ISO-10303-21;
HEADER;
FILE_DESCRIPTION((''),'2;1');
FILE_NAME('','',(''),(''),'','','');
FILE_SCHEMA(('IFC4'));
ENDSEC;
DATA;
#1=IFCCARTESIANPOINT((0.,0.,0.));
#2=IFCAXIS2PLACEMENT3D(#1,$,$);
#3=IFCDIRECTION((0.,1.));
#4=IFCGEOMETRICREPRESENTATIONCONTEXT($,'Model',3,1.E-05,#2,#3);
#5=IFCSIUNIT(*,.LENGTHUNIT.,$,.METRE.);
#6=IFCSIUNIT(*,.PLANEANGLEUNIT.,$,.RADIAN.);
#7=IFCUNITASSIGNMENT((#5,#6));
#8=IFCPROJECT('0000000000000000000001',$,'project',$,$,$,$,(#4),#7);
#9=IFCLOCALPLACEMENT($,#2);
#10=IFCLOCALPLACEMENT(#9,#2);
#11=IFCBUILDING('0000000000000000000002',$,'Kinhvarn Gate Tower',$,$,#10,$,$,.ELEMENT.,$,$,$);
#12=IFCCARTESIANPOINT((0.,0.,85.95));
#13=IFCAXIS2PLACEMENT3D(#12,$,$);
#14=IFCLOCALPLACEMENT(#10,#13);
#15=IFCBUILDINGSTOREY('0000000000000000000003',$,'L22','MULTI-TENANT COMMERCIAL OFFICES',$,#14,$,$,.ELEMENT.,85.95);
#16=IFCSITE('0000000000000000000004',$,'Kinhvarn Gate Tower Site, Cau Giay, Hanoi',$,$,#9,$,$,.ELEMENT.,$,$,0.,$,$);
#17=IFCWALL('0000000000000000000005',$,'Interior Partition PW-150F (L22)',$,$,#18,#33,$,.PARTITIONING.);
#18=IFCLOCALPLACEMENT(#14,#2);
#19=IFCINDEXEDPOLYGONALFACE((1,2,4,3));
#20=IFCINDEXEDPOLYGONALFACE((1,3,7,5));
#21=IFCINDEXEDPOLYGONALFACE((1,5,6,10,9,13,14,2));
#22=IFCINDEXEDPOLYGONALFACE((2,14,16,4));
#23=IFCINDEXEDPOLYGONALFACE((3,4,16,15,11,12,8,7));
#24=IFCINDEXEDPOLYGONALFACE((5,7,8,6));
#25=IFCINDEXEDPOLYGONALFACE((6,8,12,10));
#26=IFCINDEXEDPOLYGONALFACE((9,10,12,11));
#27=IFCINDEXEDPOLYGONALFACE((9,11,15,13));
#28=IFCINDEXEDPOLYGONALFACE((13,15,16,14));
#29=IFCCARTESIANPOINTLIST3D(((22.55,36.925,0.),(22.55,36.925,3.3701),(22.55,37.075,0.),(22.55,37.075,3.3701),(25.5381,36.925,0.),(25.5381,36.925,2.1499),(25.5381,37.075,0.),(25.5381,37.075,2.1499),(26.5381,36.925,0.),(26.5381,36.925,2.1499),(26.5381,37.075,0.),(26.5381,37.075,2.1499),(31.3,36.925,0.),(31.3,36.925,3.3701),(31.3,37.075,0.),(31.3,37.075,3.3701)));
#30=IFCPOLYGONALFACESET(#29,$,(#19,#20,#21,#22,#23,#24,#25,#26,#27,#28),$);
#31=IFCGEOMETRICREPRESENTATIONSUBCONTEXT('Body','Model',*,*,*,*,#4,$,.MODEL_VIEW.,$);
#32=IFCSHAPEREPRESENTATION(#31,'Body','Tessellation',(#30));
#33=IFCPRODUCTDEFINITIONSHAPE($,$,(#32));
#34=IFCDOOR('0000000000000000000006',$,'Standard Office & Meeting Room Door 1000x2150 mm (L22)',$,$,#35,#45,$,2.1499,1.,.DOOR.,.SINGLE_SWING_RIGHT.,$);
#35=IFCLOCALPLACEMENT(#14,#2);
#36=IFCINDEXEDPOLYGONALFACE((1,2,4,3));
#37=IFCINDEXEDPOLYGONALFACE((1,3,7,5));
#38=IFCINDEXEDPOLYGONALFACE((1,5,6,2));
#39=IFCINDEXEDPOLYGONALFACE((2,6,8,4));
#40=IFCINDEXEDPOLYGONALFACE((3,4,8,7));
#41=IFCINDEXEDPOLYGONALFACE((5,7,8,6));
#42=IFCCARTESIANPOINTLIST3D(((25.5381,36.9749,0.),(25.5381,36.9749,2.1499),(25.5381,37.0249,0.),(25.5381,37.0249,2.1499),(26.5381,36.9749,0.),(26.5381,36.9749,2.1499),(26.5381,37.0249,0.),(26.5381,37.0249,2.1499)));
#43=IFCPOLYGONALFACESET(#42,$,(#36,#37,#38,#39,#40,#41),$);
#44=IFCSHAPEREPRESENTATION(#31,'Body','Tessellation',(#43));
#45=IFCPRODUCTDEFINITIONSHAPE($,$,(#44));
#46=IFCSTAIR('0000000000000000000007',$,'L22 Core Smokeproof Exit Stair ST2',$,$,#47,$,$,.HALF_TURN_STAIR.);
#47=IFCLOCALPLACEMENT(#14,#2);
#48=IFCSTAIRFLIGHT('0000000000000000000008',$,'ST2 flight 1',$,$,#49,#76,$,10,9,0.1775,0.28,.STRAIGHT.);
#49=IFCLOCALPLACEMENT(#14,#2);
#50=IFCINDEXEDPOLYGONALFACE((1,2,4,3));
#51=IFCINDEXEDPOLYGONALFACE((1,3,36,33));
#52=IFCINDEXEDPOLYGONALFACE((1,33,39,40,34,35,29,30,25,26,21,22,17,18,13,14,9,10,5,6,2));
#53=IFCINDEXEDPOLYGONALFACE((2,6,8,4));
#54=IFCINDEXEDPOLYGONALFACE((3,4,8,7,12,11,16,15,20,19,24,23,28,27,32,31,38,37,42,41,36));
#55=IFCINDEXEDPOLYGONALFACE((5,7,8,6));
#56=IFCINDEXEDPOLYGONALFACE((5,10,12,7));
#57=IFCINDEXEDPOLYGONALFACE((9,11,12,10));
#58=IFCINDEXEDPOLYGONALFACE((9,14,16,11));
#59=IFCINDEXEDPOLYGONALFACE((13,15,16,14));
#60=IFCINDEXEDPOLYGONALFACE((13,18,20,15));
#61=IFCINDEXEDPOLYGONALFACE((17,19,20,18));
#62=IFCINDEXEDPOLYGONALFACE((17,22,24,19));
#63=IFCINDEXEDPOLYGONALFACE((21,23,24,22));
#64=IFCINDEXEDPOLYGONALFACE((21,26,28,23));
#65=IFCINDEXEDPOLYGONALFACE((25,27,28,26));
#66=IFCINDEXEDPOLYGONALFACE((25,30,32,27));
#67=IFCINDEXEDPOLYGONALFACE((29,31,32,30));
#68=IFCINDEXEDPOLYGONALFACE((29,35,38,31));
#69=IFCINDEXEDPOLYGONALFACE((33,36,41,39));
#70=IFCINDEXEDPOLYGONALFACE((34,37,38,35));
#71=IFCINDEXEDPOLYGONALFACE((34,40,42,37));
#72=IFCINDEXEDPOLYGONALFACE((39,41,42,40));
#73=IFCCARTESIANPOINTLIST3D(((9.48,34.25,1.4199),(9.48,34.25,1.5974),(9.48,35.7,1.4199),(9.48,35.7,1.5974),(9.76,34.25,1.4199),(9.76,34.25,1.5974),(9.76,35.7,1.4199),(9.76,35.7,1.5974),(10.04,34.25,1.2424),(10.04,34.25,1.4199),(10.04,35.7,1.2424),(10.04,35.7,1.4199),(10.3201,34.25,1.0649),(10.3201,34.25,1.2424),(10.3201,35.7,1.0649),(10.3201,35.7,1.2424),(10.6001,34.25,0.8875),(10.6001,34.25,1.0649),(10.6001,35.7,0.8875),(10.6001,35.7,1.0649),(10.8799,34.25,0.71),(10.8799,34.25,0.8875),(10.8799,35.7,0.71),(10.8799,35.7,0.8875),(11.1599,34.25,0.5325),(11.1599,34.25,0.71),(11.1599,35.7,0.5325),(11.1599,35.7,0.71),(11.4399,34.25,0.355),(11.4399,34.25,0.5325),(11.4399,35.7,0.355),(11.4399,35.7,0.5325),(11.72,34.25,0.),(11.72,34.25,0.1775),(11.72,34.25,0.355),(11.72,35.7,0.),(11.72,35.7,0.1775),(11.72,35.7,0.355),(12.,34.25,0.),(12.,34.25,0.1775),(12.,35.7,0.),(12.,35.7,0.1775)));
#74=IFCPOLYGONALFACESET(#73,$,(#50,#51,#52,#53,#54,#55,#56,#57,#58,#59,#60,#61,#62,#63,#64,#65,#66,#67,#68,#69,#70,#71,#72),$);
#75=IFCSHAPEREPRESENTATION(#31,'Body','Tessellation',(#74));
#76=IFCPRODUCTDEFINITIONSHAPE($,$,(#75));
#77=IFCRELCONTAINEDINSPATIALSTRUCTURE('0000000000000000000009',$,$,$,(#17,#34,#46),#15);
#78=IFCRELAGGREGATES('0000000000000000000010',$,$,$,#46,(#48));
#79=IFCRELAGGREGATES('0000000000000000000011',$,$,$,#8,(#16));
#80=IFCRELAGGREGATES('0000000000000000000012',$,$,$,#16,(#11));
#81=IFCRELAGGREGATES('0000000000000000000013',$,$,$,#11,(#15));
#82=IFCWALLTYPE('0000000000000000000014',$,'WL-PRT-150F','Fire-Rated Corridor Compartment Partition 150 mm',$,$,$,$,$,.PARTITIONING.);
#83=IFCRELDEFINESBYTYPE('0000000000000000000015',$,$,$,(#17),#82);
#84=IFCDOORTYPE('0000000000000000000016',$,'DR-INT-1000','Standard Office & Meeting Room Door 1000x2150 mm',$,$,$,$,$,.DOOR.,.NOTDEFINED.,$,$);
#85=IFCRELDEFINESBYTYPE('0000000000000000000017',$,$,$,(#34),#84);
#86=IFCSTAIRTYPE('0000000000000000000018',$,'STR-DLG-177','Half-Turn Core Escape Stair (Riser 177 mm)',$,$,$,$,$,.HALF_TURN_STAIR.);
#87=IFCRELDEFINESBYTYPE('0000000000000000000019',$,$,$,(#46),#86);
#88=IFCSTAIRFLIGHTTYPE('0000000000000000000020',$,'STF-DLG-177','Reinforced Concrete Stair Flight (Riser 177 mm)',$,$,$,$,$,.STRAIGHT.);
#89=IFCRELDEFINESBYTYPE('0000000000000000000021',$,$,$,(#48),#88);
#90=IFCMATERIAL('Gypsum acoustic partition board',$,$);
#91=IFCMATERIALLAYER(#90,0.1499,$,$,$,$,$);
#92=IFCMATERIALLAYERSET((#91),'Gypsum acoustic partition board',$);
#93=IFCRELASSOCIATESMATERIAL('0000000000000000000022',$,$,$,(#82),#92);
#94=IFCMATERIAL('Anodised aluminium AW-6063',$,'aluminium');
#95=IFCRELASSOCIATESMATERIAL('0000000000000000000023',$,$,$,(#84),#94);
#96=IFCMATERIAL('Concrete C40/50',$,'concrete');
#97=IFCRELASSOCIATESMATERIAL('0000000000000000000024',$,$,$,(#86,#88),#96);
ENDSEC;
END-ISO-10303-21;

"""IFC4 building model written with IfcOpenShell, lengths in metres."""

from ifc_helpers import new_model, si_unit, direction, frame, frame_2d, origin, place, context, subcontext, project, spatial, polyline, rectangle, outline, extrude, material, layer, layer_set, type_object, element, fill, aggregate, save


model = new_model("IFC4")

# Units and contexts
model_context = context("Model", 3, precision=1e-05, world=origin(), true_north=direction((0.0, 1.0)))
body_context = subcontext(model_context, "Body", "Model", "MODEL_VIEW")
ifc_project = project(units=[si_unit("LENGTHUNIT", "METRE"), si_unit("PLANEANGLEUNIT", "RADIAN")], contexts=[model_context])

# Site, building, storey
site_placement = place(None, origin())
site = spatial("IfcSite", under=ifc_project, at=site_placement, Name="Kinhvarn Gate Tower Site, Cau Giay, Hanoi", CompositionType="ELEMENT", RefElevation=0.0)
building_placement = place(site_placement, origin())
building = spatial("IfcBuilding", under=site, at=building_placement, Name="Kinhvarn Gate Tower", CompositionType="ELEMENT")
storey_placement = place(building_placement, frame((0.0, 0.0, 85.95)))
storey = spatial("IfcBuildingStorey", under=building, at=storey_placement, Name="L22", Description="MULTI-TENANT COMMERCIAL OFFICES", CompositionType="ELEMENT", Elevation=85.95)

# Shared definitions
ifc_material_1 = material(Name="Anodised aluminium AW-6063", Category="aluminium")

# Shared definitions
ifc_material_2 = material(Name="Gypsum acoustic partition board")

# Shared definitions
ifc_layer_1 = layer(ifc_material_2, 0.1499)
ifc_layer_set_1 = layer_set([ifc_layer_1], Name="Gypsum acoustic partition board")
wall_type_1 = type_object("IfcWallType", Name="WL-PRT-150F", Description="Fire-Rated Corridor Compartment Partition 150 mm", PredefinedType="PARTITIONING", material=ifc_layer_set_1)

# Wall, opening, door
door_type_1 = type_object("IfcDoorType", Name="DR-INT-1000", Description="Standard Office & Meeting Room Door 1000x2150 mm", OperationType="NOTDEFINED", PredefinedType="DOOR", material=ifc_material_1)
wall_1_placement = place(storey_placement, frame((22.55, 37.0, 0.0), z_axis=(0.0, 0.0, 1.0), x_axis=(1.0, 0.0, 0.0)))
wall_1 = element("IfcWall", 1, at=wall_1_placement, inside=storey, type_object=wall_type_1, Name="Interior Partition PW-150F (L22)", PredefinedType="PARTITIONING", context=body_context, shape_type="SweptSolid", body=[
    extrude(rectangle(XDim=8.75, YDim=0.1499, at=frame_2d((4.375, 0.0))), origin(), (0.0, 0.0, 1.0), 3.3701),
])
opening_1_placement = place(wall_1_placement, frame((2.988, 0.0, 0.0)))
opening_1 = element("IfcOpeningElement", 2, at=opening_1_placement, cuts=wall_1, PredefinedType="OPENING", context=body_context, shape_type="SweptSolid", body=[
    extrude(rectangle(XDim=1.0, YDim=2.1499, at=frame_2d((0.5, 1.075))), frame((0.0, 0.085, 0.0), z_axis=(0.0, -1.0, 0.0), x_axis=(1.0, 0.0, 0.0)), (0.0, 0.0, 1.0), 0.1699),
])
door_1_placement = place(opening_1_placement, origin())
door_1 = element("IfcDoor", 3, at=door_1_placement, inside=storey, type_object=door_type_1, Name="Standard Office & Meeting Room Door 1000x2150 mm (L22)", OperationType="SINGLE_SWING_RIGHT", OverallHeight=2.1499, OverallWidth=1.0, PredefinedType="DOOR", context=body_context, shape_type="SweptSolid", body=[
    extrude(rectangle(XDim=1.0, YDim=2.1499, at=frame_2d((0.5, 1.075))), frame((0.0, 0.0249, 0.0), z_axis=(0.0, -1.0, 0.0), x_axis=(1.0, 0.0, 0.0)), (0.0, 0.0, 1.0), 0.05),
])
fill(opening_1, door_1)
ifc_material_3 = material(Name="Concrete C40/50", Category="concrete")

# Stair, stair flight
stair_type = type_object("IfcStairType", Name="STR-DLG-177", Description="Half-Turn Core Escape Stair (Riser 177 mm)", PredefinedType="HALF_TURN_STAIR", material=ifc_material_3)
stair_placement = place(storey_placement, origin())
stair = element("IfcStair", 4, at=stair_placement, inside=storey, type_object=stair_type, Name="L22 Core Smokeproof Exit Stair ST2", PredefinedType="HALF_TURN_STAIR")
stair_flight_type = type_object("IfcStairFlightType", Name="STF-DLG-177", Description="Reinforced Concrete Stair Flight (Riser 177 mm)", PredefinedType="STRAIGHT", material=ifc_material_3)
stair_flight_placement = place(storey_placement, frame((12.0, 34.9751, 0.0), z_axis=(0.0, 0.0, 1.0), x_axis=(-1.0, 0.0, 0.0)))
stair_flight = element("IfcStairFlight", 5, at=stair_flight_placement, type_object=stair_flight_type, Name="ST2 flight 1", NumberOfRisers=10, NumberOfTreads=9, PredefinedType="STRAIGHT", RiserHeight=0.1775, TreadLength=0.28, context=body_context, shape_type="SweptSolid", body=[
    extrude(outline(polyline([(0.0, 0.0), (0.0, 0.1775), (0.28, 0.1775), (0.28, 0.355), (0.5601, 0.355), (0.5601, 0.5325), (0.8401, 0.5325), (0.8401, 0.71), (1.1201, 0.71), (1.1201, 0.8875), (1.3999, 0.8875), (1.3999, 1.0649), (1.6799, 1.0649), (1.6799, 1.2424), (1.96, 1.2424), (1.96, 1.4199), (2.24, 1.4199), (2.24, 1.5974), (2.52, 1.5974), (2.52, 1.7749), (2.52, 1.4199), (0.28, 0.0), (0.0, 0.0)])), frame((0.0, 0.7251, 0.0), z_axis=(0.0, -1.0, 0.0), x_axis=(1.0, 0.0, 0.0)), (0.0, 0.0, 1.0), 1.45),
])
aggregate(stair, [stair_flight])

save(model, "model.ifc")
